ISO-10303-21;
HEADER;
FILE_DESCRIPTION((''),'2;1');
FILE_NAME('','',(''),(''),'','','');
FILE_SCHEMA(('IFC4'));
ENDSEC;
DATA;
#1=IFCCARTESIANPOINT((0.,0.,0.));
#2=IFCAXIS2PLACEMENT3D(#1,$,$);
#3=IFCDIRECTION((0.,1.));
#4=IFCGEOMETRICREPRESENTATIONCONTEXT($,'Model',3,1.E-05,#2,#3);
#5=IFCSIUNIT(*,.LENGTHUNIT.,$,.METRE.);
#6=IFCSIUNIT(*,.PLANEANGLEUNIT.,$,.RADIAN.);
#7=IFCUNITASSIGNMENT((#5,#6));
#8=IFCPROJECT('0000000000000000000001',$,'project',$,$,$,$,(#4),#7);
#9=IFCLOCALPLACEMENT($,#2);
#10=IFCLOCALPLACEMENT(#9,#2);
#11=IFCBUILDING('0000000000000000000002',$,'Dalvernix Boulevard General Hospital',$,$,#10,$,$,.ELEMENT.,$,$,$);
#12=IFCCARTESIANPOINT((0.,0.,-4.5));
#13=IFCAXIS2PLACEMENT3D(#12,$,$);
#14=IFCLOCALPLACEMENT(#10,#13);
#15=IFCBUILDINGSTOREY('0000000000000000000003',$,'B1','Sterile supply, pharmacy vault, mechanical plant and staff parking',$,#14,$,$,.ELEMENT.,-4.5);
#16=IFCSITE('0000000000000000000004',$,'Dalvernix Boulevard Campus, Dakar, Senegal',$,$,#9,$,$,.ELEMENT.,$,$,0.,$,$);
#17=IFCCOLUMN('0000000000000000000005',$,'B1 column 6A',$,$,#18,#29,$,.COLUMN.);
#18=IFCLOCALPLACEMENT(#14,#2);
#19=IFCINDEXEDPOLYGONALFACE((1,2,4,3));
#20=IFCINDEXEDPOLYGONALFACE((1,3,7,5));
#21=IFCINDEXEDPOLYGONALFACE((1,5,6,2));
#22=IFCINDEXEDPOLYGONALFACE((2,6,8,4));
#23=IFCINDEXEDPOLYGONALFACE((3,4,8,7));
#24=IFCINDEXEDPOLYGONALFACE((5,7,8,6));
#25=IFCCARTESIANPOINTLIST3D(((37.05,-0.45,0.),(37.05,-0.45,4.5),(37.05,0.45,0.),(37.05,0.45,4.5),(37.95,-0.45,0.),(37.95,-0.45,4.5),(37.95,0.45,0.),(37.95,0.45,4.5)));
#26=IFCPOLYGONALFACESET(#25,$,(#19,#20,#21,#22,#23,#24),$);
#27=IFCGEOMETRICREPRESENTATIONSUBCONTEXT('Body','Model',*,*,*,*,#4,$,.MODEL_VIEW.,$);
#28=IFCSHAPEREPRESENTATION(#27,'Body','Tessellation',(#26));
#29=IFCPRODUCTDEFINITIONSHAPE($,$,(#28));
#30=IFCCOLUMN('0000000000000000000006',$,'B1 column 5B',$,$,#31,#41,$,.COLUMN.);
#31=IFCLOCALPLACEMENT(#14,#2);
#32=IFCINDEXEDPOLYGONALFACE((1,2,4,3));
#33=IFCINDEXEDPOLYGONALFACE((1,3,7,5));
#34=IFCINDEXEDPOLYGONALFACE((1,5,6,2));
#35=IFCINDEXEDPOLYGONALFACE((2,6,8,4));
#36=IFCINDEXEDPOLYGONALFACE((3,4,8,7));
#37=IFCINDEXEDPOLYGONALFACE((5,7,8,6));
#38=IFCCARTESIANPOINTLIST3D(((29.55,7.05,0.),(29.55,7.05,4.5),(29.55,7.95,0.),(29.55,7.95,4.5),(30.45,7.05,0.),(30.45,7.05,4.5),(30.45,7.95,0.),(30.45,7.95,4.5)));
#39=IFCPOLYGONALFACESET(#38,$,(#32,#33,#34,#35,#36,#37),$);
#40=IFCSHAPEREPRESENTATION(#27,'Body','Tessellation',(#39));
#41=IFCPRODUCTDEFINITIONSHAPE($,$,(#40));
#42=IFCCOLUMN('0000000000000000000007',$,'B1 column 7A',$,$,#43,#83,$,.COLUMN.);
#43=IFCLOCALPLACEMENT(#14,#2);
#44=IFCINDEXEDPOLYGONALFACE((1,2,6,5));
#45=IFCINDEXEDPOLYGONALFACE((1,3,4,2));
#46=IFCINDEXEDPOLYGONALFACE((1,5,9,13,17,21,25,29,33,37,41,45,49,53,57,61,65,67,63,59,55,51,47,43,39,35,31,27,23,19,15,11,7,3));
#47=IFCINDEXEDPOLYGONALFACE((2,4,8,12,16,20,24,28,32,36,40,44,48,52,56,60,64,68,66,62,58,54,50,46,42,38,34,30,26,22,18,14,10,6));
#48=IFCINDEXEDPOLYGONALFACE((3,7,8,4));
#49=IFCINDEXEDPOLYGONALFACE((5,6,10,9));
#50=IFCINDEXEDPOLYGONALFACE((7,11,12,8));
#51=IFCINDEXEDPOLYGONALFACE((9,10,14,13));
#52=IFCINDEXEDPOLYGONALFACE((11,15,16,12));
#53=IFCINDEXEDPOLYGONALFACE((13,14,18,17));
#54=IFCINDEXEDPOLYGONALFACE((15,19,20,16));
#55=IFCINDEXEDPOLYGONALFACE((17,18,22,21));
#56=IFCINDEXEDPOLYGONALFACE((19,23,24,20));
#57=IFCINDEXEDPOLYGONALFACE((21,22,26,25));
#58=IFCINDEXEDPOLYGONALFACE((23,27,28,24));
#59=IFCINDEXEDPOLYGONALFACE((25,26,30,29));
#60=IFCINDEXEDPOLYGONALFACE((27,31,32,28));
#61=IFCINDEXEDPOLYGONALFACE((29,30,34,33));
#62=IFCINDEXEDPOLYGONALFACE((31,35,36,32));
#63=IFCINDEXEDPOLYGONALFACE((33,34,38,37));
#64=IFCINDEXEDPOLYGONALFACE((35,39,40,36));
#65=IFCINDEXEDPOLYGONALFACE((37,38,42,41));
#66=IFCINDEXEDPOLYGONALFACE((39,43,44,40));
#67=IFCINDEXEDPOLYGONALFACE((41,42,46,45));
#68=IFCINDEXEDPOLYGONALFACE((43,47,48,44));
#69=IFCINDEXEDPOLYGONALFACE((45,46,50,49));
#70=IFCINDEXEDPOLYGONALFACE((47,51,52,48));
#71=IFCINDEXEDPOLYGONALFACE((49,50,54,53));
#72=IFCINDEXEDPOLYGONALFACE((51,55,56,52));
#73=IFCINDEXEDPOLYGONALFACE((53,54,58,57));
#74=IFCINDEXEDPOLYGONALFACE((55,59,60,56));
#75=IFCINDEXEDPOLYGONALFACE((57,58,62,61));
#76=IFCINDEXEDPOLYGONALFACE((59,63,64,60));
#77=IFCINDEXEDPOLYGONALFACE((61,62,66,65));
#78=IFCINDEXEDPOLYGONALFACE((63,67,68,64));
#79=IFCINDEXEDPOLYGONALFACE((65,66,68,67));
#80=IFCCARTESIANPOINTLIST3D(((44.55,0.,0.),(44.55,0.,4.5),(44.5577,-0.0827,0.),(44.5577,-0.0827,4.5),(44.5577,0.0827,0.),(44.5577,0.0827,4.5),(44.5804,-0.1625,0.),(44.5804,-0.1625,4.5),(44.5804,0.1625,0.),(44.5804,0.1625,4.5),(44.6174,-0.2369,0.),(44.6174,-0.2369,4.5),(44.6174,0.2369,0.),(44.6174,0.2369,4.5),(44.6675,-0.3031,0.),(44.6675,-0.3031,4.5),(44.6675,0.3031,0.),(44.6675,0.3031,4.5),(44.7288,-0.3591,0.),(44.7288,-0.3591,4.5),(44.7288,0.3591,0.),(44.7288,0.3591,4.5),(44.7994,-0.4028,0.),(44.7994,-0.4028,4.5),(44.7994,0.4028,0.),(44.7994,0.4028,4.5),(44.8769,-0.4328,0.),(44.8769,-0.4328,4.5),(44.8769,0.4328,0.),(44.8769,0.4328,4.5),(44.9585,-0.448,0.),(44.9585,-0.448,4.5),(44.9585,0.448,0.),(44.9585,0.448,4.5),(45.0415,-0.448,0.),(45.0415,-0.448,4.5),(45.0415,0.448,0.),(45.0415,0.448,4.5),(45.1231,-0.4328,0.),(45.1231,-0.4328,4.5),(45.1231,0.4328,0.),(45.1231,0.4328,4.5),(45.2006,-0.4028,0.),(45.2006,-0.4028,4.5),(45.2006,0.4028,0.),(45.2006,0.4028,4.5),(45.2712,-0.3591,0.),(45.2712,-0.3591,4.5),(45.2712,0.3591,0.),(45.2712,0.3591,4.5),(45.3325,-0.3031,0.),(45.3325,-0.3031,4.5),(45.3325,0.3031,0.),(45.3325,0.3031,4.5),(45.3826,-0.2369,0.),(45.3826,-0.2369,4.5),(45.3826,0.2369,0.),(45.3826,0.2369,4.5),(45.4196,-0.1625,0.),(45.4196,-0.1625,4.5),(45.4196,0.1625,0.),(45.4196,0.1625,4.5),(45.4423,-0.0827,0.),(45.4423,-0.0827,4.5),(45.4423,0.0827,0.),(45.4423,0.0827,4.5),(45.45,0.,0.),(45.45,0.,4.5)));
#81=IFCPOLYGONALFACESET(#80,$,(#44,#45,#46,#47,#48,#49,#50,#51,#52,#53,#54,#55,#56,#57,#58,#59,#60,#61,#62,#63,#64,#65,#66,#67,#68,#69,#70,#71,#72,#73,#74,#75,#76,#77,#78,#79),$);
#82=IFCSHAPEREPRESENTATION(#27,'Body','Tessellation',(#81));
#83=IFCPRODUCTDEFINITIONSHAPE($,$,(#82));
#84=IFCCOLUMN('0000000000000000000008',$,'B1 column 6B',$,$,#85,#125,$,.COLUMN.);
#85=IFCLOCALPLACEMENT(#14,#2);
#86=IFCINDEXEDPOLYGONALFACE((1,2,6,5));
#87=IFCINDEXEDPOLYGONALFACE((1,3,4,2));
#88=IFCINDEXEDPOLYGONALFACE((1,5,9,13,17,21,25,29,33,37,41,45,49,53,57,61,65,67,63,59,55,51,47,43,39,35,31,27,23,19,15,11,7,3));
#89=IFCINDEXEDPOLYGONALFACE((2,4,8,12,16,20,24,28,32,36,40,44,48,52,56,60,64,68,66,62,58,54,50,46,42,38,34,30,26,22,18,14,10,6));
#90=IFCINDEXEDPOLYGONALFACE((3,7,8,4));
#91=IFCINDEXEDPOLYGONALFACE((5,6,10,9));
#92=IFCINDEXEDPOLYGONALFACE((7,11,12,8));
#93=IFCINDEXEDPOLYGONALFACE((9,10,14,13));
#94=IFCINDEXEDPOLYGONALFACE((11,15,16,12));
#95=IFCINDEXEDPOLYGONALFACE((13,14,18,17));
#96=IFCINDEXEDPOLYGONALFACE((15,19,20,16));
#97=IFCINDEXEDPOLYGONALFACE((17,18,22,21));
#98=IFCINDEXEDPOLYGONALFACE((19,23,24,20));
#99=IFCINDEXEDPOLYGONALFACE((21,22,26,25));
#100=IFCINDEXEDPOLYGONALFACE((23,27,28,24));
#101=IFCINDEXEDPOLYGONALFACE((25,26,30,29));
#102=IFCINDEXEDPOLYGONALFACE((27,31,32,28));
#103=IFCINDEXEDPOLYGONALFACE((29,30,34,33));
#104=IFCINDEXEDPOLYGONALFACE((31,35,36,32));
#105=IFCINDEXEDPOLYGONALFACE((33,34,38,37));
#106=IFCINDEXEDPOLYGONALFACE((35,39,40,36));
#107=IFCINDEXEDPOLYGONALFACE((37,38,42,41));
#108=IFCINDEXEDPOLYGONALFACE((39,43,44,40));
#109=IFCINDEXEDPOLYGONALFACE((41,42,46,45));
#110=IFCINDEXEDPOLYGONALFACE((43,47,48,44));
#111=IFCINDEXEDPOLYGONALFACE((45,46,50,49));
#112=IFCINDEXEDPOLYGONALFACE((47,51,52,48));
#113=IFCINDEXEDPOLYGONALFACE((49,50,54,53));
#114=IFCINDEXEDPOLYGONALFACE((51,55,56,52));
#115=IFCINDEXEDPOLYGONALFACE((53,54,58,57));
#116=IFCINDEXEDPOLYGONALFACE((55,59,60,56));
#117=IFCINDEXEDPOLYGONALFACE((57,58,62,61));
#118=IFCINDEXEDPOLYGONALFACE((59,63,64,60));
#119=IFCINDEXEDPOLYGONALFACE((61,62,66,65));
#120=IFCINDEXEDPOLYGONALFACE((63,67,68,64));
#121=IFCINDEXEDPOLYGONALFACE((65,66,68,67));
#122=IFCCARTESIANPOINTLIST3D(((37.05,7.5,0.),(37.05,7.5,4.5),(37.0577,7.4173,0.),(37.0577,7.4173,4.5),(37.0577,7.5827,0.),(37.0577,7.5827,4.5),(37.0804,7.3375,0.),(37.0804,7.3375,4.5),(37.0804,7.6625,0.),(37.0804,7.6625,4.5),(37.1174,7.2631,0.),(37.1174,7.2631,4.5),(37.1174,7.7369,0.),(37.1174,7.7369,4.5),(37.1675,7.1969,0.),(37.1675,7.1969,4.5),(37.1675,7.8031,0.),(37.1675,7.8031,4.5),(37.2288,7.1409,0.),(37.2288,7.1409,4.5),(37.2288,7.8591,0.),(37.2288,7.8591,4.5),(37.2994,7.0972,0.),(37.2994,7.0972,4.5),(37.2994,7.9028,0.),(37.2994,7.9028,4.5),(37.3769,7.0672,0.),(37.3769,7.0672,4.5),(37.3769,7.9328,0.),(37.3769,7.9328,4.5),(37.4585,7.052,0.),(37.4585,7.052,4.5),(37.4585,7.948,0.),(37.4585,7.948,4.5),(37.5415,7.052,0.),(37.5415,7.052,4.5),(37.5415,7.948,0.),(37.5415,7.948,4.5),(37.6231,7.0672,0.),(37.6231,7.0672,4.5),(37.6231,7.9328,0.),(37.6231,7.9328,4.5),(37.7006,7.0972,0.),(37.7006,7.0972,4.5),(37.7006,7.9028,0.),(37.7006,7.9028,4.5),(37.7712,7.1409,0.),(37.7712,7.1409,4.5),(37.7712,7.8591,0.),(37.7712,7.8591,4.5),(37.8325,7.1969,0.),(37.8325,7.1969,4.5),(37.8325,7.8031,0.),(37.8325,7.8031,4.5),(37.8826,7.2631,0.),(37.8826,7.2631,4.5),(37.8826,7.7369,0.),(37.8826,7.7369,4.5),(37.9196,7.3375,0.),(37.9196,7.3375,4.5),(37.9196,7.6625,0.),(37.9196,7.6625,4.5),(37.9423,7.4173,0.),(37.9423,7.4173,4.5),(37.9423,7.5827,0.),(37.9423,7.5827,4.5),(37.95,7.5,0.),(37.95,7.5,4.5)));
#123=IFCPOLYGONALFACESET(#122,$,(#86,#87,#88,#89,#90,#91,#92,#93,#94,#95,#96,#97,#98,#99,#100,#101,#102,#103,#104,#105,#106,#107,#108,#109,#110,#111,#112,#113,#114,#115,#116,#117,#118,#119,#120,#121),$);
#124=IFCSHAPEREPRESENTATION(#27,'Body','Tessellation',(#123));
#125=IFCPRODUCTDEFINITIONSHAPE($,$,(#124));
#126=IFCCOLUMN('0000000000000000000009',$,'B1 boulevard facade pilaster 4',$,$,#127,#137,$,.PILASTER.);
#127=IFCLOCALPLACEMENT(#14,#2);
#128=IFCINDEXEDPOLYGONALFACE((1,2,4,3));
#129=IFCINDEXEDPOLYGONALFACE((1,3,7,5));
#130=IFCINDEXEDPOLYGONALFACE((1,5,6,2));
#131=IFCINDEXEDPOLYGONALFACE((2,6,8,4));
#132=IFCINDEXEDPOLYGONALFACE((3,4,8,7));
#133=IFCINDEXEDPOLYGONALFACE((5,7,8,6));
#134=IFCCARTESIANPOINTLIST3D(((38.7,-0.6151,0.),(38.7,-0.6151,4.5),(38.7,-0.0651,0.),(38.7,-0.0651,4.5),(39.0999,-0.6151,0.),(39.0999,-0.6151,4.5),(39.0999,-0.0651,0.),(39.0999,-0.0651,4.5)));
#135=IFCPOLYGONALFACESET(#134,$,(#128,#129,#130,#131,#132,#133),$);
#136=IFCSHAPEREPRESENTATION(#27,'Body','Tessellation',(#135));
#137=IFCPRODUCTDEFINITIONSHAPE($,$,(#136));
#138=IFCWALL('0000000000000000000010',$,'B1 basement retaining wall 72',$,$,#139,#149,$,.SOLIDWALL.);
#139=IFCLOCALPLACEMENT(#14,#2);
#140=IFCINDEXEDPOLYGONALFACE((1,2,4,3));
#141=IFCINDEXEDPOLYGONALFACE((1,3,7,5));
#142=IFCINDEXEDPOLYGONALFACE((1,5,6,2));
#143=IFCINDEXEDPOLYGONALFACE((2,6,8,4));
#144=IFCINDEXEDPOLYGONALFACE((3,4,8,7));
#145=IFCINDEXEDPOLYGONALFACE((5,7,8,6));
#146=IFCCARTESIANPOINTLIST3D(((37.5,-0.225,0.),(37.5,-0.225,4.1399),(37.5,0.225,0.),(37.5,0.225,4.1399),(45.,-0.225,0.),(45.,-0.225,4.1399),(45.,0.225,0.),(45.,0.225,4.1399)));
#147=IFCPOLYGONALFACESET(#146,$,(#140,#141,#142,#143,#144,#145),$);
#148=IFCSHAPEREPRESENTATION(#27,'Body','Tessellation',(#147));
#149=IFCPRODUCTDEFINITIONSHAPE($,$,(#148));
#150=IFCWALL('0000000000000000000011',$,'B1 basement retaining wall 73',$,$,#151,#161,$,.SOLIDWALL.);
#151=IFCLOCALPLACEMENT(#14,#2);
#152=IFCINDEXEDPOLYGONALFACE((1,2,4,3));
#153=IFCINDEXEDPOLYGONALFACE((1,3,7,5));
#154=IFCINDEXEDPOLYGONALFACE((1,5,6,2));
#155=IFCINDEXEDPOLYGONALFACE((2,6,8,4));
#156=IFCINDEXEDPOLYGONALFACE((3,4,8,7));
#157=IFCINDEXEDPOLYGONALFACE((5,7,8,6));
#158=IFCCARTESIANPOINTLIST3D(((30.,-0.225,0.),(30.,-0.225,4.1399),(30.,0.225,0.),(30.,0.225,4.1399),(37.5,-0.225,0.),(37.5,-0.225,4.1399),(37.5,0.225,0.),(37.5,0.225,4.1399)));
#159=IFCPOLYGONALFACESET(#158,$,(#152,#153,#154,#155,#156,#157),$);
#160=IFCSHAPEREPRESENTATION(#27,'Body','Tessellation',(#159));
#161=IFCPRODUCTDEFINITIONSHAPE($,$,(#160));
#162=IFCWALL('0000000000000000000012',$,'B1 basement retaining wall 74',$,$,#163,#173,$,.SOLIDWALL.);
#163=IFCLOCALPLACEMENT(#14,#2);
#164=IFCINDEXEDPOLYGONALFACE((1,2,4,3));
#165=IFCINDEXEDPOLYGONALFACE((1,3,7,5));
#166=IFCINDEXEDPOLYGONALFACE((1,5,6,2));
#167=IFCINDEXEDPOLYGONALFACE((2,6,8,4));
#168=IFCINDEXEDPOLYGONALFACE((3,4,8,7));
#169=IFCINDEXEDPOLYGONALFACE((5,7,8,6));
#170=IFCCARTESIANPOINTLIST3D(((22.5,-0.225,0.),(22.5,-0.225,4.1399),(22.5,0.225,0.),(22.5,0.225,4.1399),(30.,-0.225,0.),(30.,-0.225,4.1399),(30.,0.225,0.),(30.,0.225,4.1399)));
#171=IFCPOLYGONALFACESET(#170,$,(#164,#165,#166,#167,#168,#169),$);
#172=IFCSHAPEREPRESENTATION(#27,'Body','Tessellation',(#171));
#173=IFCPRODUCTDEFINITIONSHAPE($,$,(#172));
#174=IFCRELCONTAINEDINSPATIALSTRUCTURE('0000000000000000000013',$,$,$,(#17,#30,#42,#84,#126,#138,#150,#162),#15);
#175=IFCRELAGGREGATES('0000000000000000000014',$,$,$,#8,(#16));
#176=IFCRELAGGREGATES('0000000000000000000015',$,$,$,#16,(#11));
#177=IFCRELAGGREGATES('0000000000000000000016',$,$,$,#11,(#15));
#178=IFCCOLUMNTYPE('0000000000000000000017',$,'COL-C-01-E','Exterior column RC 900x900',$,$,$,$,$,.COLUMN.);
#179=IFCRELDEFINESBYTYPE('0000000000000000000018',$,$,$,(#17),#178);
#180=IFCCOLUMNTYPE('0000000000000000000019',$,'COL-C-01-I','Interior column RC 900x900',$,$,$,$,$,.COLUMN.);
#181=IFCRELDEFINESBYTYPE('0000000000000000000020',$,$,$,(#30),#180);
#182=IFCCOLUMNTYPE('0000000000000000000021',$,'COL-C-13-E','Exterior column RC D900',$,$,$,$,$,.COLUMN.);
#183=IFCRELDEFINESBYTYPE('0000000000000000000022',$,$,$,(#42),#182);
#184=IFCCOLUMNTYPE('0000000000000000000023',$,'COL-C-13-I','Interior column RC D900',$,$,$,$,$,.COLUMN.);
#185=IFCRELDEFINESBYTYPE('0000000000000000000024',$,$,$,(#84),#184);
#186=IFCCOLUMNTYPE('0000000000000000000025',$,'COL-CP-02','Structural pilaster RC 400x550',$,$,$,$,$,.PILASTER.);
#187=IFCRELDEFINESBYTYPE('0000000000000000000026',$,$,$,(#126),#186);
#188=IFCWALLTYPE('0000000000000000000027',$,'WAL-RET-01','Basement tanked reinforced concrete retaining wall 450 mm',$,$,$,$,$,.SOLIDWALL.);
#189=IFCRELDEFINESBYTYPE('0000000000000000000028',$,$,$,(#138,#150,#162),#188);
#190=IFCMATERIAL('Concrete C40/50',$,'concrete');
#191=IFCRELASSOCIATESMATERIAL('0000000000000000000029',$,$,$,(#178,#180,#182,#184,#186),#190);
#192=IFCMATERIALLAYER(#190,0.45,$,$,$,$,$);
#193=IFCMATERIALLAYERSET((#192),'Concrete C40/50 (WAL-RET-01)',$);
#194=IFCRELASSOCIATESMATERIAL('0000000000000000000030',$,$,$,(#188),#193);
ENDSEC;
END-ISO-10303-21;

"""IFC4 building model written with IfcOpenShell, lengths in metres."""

from ifc_helpers import new_model, si_unit, direction, frame, frame_2d, origin, origin_2d, place, context, subcontext, project, spatial, rectangle, circle, extrude, material, layer, layer_set, material_profile, profile_set, type_object, element, save


model = new_model("IFC4")

# Units and contexts
model_context = context("Model", 3, precision=1e-05, world=origin(), true_north=direction((0.0, 1.0)))
body_context = subcontext(model_context, "Body", "Model", "MODEL_VIEW")
ifc_project = project(units=[si_unit("LENGTHUNIT", "METRE"), si_unit("PLANEANGLEUNIT", "RADIAN")], contexts=[model_context])

# Site, building, storey
site_placement = place(None, origin())
site = spatial("IfcSite", under=ifc_project, at=site_placement, Name="Dalvernix Boulevard Campus, Dakar, Senegal", CompositionType="ELEMENT", RefElevation=0.0)
building_placement = place(site_placement, origin())
building = spatial("IfcBuilding", under=site, at=building_placement, Name="Dalvernix Boulevard General Hospital", CompositionType="ELEMENT")
storey_placement = place(building_placement, frame((0.0, 0.0, -4.5)))
storey = spatial("IfcBuildingStorey", under=building, at=storey_placement, Name="B1", Description="Sterile supply, pharmacy vault, mechanical plant and staff parking", CompositionType="ELEMENT", Elevation=-4.5)

# Shared definitions
ifc_material_1 = material(Name="Concrete C40/50", Category="concrete")

# Columns
ifc_material_profile_1 = material_profile(ifc_material_1, rectangle(XDim=0.8999, YDim=0.8999, at=origin_2d()), Name="RC 900x900")
ifc_profile_set_1 = profile_set([ifc_material_profile_1], Name="Concrete C40/50")
column_type_1 = type_object("IfcColumnType", Name="COL-C-01-E", Description="Exterior column RC 900x900", PredefinedType="COLUMN", material=ifc_profile_set_1)
for number, where, z_axis, x_axis, name in (
    (1, (37.5, 0.0, 0.0), (0.0, 0.0, 1.0), (1.0, 0.0, 0.0), "B1 column 6A"),
):
    element("IfcColumn", number, at=place(storey_placement, frame(where, z_axis=z_axis, x_axis=x_axis)), inside=storey, type_object=column_type_1, Name=name, PredefinedType="COLUMN", context=body_context, shape_type="SweptSolid", body=[
        extrude(rectangle(XDim=0.8999, YDim=0.8999, at=origin_2d()), origin(), (0.0, 0.0, 1.0), 4.5),
    ])
ifc_material_profile_2 = material_profile(ifc_material_1, rectangle(XDim=0.8999, YDim=0.8999, at=origin_2d()), Name="RC 900x900")
ifc_profile_set_2 = profile_set([ifc_material_profile_2], Name="Concrete C40/50")
column_type_2 = type_object("IfcColumnType", Name="COL-C-01-I", Description="Interior column RC 900x900", PredefinedType="COLUMN", material=ifc_profile_set_2)
column_1_placement = place(storey_placement, frame((30.0, 7.5, 0.0), z_axis=(0.0, 0.0, 1.0), x_axis=(1.0, 0.0, 0.0)))
element("IfcColumn", 2, at=column_1_placement, inside=storey, type_object=column_type_2, Name="B1 column 5B", PredefinedType="COLUMN", context=body_context, shape_type="SweptSolid", body=[
    extrude(rectangle(XDim=0.8999, YDim=0.8999, at=origin_2d()), origin(), (0.0, 0.0, 1.0), 4.5),
])
ifc_material_profile_3 = material_profile(ifc_material_1, circle(Radius=0.45, at=origin_2d()), Name="RC D900")
ifc_profile_set_3 = profile_set([ifc_material_profile_3], Name="Concrete C40/50")
column_type_3 = type_object("IfcColumnType", Name="COL-C-13-E", Description="Exterior column RC D900", PredefinedType="COLUMN", material=ifc_profile_set_3)
column_2_placement = place(storey_placement, frame((45.0, 0.0, 0.0), z_axis=(0.0, 0.0, 1.0), x_axis=(1.0, 0.0, 0.0)))
element("IfcColumn", 3, at=column_2_placement, inside=storey, type_object=column_type_3, Name="B1 column 7A", PredefinedType="COLUMN", context=body_context, shape_type="SweptSolid", body=[
    extrude(circle(Radius=0.45, at=origin_2d()), origin(), (0.0, 0.0, 1.0), 4.5),
])
ifc_material_profile_4 = material_profile(ifc_material_1, circle(Radius=0.45, at=origin_2d()), Name="RC D900")
ifc_profile_set_4 = profile_set([ifc_material_profile_4], Name="Concrete C40/50")
column_type_4 = type_object("IfcColumnType", Name="COL-C-13-I", Description="Interior column RC D900", PredefinedType="COLUMN", material=ifc_profile_set_4)
column_3_placement = place(storey_placement, frame((37.5, 7.5, 0.0), z_axis=(0.0, 0.0, 1.0), x_axis=(1.0, 0.0, 0.0)))
element("IfcColumn", 4, at=column_3_placement, inside=storey, type_object=column_type_4, Name="B1 column 6B", PredefinedType="COLUMN", context=body_context, shape_type="SweptSolid", body=[
    extrude(circle(Radius=0.45, at=origin_2d()), origin(), (0.0, 0.0, 1.0), 4.5),
])
ifc_material_profile_5 = material_profile(ifc_material_1, rectangle(XDim=0.3999, YDim=0.55, at=origin_2d()), Name="RC 400x550")
ifc_profile_set_5 = profile_set([ifc_material_profile_5], Name="Concrete C40/50")
column_type_5 = type_object("IfcColumnType", Name="COL-CP-02", Description="Structural pilaster RC 400x550", PredefinedType="PILASTER", material=ifc_profile_set_5)
column_4_placement = place(storey_placement, frame((38.8999, -0.3401, 0.0), z_axis=(0.0, 0.0, 1.0), x_axis=(1.0, 0.0, 0.0)))
element("IfcColumn", 5, at=column_4_placement, inside=storey, type_object=column_type_5, Name="B1 boulevard facade pilaster 4", PredefinedType="PILASTER", context=body_context, shape_type="SweptSolid", body=[
    extrude(rectangle(XDim=0.3999, YDim=0.55, at=origin_2d()), origin(), (0.0, 0.0, 1.0), 4.5),
])

# Walls
ifc_layer = layer(ifc_material_1, 0.45)
ifc_layer_set = layer_set([ifc_layer], Name="Concrete C40/50 (WAL-RET-01)")
wall_type = type_object("IfcWallType", Name="WAL-RET-01", Description="Basement tanked reinforced concrete retaining wall 450 mm", PredefinedType="SOLIDWALL", material=ifc_layer_set)
for number, where, z_axis, x_axis, name in (
    (6, (45.0, 0.0, 0.0), (0.0, 0.0, 1.0), (-1.0, 0.0, 0.0), "B1 basement retaining wall 72"),
    (7, (37.5, 0.0, 0.0), (0.0, 0.0, 1.0), (-1.0, 0.0, 0.0), "B1 basement retaining wall 73"),
    (8, (30.0, 0.0, 0.0), (0.0, 0.0, 1.0), (-1.0, 0.0, 0.0), "B1 basement retaining wall 74"),
):
    element("IfcWall", number, at=place(storey_placement, frame(where, z_axis=z_axis, x_axis=x_axis)), inside=storey, type_object=wall_type, Name=name, PredefinedType="SOLIDWALL", context=body_context, shape_type="SweptSolid", body=[
        extrude(rectangle(XDim=7.5, YDim=0.45, at=frame_2d((3.75, 0.0))), origin(), (0.0, 0.0, 1.0), 4.1399),
    ])

save(model, "model.ifc")
